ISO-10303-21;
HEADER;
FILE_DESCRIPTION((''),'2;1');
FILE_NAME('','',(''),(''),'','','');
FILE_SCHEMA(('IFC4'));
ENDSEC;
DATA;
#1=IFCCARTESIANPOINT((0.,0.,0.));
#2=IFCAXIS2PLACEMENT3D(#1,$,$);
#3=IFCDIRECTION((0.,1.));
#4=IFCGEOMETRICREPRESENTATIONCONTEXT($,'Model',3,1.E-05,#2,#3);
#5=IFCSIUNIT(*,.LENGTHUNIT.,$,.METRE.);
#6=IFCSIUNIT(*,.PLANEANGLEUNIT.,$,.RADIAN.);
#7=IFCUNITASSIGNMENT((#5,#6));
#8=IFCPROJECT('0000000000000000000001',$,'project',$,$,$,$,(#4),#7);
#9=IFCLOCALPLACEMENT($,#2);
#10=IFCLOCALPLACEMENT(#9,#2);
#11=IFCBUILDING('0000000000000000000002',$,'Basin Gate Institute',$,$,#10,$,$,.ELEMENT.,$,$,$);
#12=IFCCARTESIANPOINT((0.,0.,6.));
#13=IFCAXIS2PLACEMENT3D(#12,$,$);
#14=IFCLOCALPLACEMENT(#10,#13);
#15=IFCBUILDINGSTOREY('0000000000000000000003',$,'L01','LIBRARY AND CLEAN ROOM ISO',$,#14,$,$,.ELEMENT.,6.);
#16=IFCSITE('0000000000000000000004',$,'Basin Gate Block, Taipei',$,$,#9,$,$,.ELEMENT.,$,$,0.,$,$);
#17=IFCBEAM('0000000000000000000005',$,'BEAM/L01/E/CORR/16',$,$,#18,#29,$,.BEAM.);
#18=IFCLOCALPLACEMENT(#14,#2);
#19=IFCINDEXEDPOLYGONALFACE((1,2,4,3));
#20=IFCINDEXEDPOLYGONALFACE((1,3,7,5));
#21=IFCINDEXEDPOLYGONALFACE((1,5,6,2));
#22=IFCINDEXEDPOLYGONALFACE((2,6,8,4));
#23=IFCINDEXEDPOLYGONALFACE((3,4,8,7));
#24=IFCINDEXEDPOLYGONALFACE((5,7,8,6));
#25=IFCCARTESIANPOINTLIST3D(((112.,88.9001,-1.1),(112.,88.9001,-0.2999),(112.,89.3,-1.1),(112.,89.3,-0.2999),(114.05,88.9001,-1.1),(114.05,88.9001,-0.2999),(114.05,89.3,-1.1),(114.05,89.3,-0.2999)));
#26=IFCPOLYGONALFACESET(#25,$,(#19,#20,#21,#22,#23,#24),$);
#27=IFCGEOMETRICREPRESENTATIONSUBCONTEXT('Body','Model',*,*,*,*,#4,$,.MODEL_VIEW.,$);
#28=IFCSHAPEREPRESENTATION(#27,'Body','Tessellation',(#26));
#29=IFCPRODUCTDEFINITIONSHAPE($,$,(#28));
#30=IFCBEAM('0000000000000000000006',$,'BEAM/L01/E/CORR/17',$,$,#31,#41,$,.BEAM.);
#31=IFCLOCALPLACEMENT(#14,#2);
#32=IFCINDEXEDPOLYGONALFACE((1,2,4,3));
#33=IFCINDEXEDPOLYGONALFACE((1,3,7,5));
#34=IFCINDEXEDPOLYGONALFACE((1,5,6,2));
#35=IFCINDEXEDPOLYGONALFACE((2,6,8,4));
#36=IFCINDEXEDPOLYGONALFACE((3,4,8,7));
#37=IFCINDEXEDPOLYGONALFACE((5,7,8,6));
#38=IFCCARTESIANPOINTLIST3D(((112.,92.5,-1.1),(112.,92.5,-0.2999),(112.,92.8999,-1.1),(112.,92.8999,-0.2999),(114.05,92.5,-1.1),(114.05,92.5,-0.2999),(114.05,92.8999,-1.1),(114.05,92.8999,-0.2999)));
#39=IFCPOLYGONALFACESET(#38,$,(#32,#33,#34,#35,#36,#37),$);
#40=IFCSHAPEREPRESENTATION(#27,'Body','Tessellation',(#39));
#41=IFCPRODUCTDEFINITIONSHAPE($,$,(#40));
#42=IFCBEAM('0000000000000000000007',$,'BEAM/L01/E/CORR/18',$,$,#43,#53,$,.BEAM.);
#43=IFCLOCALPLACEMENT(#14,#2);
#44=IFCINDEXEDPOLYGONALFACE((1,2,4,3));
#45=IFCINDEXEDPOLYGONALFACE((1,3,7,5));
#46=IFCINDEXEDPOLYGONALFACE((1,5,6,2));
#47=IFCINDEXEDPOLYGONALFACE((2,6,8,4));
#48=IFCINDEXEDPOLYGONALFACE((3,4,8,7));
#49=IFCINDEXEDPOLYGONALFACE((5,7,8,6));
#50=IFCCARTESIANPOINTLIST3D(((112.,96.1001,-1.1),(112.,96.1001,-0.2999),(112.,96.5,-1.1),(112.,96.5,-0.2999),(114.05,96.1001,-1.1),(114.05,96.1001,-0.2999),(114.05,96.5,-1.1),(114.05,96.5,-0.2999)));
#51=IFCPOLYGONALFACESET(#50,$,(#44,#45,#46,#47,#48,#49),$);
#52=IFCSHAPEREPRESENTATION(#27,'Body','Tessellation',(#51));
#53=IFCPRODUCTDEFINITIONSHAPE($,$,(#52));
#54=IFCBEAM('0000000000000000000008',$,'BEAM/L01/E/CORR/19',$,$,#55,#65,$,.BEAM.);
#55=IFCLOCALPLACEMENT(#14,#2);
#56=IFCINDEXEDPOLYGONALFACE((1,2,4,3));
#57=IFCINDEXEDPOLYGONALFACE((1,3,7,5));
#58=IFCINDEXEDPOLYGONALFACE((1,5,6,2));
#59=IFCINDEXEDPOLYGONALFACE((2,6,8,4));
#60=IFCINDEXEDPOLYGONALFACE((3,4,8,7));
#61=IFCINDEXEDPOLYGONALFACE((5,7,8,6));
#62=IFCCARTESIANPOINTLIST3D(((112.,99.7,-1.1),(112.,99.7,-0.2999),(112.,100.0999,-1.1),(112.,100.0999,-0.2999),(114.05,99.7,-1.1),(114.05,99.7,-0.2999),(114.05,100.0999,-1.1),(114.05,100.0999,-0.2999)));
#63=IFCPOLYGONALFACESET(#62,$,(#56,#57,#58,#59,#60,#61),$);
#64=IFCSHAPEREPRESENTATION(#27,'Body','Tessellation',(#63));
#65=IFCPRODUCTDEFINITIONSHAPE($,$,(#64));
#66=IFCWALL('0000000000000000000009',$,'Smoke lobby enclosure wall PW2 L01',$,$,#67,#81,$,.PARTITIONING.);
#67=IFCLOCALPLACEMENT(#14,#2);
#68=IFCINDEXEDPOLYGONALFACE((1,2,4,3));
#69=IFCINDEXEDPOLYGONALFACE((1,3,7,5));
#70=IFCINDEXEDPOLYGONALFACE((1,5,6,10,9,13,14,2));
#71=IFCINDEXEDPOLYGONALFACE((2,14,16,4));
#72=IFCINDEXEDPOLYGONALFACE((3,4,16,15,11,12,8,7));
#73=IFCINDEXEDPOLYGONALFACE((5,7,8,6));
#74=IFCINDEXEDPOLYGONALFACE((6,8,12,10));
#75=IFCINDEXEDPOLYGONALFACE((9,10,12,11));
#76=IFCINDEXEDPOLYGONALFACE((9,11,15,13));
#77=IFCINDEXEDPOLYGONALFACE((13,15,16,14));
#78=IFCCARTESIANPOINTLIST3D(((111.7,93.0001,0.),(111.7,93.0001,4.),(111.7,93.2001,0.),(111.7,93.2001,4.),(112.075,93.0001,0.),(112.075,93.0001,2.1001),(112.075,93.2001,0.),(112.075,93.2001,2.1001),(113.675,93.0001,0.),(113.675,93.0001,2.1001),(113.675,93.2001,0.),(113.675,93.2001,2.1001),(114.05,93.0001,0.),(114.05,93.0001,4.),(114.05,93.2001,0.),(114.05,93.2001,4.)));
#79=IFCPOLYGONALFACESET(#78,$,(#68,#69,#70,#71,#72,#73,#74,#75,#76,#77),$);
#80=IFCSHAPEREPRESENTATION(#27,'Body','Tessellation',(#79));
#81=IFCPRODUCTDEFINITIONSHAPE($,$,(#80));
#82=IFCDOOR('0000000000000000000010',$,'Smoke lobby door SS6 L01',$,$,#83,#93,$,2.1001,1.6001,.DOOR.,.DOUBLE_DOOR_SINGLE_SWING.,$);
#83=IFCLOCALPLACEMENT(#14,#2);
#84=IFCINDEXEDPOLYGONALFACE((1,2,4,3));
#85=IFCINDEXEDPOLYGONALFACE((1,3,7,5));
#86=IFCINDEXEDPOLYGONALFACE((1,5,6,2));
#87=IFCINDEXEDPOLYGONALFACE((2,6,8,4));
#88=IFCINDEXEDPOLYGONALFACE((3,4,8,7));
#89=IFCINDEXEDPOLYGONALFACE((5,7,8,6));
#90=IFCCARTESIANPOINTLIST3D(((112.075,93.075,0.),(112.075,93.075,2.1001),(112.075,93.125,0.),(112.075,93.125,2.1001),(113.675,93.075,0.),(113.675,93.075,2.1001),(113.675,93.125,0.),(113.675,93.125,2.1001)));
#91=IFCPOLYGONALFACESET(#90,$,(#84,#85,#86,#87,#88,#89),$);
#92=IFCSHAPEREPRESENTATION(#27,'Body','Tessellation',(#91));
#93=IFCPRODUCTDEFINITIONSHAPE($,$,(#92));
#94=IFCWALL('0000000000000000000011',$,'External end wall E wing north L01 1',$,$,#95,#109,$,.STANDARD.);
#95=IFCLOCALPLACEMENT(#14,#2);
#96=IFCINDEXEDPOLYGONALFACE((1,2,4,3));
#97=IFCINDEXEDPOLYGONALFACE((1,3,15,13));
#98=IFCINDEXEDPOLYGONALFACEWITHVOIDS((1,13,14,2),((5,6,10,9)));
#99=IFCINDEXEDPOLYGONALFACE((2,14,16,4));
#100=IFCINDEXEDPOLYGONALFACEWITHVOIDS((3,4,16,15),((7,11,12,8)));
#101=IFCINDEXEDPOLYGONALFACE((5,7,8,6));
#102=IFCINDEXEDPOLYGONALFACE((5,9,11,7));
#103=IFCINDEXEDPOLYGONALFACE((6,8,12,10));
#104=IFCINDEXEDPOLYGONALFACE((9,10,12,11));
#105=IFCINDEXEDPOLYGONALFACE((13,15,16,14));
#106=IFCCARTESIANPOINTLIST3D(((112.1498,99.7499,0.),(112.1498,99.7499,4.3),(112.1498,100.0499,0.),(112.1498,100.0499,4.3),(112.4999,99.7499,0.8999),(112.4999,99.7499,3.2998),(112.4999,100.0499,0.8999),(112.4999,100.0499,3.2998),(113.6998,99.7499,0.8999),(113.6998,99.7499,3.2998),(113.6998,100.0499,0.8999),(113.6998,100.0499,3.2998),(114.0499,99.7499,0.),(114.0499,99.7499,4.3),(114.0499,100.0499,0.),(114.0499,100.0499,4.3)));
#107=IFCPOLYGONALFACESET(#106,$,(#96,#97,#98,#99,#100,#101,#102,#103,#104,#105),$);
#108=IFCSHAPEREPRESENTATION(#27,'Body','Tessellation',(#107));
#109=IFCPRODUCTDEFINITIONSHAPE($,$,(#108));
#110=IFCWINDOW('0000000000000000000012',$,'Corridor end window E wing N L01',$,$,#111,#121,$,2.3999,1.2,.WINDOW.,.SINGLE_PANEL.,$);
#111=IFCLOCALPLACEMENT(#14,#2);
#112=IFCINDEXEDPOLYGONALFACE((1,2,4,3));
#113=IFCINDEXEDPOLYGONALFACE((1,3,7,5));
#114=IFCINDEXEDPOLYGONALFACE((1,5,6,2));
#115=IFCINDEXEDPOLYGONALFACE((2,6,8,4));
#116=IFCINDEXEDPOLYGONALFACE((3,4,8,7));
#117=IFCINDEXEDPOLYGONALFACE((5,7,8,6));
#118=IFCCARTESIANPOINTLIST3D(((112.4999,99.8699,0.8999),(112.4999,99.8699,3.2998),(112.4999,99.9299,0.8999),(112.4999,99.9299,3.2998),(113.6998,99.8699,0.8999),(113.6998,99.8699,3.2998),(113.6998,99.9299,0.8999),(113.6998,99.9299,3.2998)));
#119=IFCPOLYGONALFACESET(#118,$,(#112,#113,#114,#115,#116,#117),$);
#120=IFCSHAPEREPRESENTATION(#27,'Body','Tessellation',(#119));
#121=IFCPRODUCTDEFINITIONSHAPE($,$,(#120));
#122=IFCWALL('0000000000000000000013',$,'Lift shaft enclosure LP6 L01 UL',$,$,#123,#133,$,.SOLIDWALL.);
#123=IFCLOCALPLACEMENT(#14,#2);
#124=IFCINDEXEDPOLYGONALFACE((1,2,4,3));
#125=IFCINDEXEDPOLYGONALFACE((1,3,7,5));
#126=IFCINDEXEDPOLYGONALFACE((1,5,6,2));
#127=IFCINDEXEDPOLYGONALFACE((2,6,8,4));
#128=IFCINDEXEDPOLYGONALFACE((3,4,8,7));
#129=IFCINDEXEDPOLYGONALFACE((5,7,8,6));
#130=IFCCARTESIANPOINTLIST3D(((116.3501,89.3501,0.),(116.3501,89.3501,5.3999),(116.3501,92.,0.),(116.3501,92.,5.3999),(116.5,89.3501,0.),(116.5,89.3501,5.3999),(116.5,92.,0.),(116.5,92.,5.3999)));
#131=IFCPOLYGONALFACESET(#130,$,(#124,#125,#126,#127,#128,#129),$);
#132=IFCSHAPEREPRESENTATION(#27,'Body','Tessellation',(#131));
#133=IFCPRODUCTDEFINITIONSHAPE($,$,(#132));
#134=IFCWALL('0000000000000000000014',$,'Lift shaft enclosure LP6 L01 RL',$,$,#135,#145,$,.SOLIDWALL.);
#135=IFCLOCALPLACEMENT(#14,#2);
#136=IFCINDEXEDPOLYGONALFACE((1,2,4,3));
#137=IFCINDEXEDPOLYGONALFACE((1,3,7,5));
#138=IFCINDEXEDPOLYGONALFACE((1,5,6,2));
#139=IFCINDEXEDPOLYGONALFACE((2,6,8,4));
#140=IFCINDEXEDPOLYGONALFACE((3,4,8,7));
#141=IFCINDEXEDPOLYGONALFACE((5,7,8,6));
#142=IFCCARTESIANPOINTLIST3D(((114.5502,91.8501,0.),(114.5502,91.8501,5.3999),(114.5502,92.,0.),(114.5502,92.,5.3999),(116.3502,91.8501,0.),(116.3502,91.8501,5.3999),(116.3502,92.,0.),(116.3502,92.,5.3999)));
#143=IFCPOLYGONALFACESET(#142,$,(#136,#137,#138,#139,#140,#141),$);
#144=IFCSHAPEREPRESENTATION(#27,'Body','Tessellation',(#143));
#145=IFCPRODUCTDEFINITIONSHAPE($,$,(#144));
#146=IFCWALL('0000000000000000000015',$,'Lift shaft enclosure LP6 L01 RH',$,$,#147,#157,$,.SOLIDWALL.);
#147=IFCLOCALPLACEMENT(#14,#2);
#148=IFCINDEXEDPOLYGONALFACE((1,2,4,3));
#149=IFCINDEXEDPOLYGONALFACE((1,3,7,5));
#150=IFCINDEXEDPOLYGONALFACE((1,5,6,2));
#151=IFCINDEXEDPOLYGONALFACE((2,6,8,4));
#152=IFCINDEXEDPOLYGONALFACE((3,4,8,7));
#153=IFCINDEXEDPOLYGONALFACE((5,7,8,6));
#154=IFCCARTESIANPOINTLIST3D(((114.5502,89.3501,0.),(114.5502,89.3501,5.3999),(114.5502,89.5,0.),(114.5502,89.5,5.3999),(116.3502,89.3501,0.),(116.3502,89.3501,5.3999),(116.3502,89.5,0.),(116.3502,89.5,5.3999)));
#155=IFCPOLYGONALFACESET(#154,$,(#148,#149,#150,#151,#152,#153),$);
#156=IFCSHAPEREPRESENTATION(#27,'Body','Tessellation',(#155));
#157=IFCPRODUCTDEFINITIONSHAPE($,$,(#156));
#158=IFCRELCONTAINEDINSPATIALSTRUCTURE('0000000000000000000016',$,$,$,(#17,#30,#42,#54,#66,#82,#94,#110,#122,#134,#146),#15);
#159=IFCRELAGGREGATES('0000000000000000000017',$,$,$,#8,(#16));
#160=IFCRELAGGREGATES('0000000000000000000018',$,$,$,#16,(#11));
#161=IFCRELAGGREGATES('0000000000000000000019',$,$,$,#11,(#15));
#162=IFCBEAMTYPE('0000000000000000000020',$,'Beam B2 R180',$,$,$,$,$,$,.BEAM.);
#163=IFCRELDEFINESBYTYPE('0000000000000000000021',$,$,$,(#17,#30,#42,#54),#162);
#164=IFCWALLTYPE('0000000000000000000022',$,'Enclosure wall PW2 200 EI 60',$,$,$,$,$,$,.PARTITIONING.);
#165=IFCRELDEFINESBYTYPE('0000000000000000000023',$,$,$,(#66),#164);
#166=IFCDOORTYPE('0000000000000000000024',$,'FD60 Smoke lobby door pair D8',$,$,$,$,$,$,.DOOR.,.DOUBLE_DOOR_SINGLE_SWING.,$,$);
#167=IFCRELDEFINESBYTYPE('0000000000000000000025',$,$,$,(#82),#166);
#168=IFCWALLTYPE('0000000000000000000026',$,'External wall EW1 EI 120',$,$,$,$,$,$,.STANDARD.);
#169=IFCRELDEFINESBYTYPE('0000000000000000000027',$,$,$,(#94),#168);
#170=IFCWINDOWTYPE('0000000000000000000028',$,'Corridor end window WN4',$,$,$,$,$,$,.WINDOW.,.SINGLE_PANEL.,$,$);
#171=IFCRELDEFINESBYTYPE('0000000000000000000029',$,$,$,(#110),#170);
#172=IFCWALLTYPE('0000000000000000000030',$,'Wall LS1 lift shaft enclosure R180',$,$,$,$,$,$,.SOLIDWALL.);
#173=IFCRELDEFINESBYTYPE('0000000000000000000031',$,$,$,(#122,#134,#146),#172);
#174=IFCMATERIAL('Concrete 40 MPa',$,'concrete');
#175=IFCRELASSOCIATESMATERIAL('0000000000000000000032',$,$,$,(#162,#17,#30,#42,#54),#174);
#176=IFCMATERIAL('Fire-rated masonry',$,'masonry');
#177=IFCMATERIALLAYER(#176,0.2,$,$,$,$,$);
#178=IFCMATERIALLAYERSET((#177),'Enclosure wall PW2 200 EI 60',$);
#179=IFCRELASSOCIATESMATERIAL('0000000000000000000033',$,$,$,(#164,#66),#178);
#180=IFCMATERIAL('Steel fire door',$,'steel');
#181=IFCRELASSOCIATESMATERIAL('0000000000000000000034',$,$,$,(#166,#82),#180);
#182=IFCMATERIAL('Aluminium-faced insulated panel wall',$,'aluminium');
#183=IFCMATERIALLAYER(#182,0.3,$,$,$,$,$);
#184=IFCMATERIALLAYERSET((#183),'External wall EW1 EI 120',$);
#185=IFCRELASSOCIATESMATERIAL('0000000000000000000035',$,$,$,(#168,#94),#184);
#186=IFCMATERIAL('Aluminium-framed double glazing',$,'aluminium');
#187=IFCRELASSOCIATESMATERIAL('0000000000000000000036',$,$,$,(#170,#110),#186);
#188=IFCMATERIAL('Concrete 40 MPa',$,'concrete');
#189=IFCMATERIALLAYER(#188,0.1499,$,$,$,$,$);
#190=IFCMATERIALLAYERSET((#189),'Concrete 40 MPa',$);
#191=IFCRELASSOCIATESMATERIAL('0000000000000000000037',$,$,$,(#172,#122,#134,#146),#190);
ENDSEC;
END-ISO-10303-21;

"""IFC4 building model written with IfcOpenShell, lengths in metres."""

from ifc_helpers import new_model, si_unit, direction, frame, frame_2d, origin, origin_2d, place, context, subcontext, project, spatial, rectangle, extrude, material, layer, layer_set, material_profile, profile_set, type_object, element, fill, save


model = new_model("IFC4")

# Units and contexts
model_context = context("Model", 3, precision=1e-05, world=origin(), true_north=direction((0.0, 1.0)))
body_context = subcontext(model_context, "Body", "Model", "MODEL_VIEW")
ifc_project = project(units=[si_unit("LENGTHUNIT", "METRE"), si_unit("PLANEANGLEUNIT", "RADIAN")], contexts=[model_context])

# Site, building, storey
site_placement = place(None, origin())
site = spatial("IfcSite", under=ifc_project, at=site_placement, Name="Basin Gate Block, Taipei", CompositionType="ELEMENT", RefElevation=0.0)
building_placement = place(site_placement, origin())
building = spatial("IfcBuilding", under=site, at=building_placement, Name="Basin Gate Institute", CompositionType="ELEMENT")
storey_placement = place(building_placement, frame((0.0, 0.0, 6.0)))
storey = spatial("IfcBuildingStorey", under=building, at=storey_placement, Name="L01", Description="LIBRARY AND CLEAN ROOM ISO", CompositionType="ELEMENT", Elevation=6.0)

# Beams
ifc_material_1 = material(Name="Concrete 40 MPa", Category="concrete")
ifc_material_profile = material_profile(ifc_material_1, rectangle(XDim=0.3999, YDim=0.8, at=origin_2d()), Name="Beam B2 400 x 800")
ifc_profile_set = profile_set([ifc_material_profile], Name="Concrete 40 MPa")
beam_type = type_object("IfcBeamType", Name="Beam B2 R180", PredefinedType="BEAM", material=ifc_profile_set)
for number, where, z_axis, x_axis, name in (
    (1, (114.05, 89.1001, -0.7), (-1.0, 0.0, 0.0), (0.0, -1.0, 0.0), "BEAM/L01/E/CORR/16"),
    (2, (114.05, 92.7, -0.7), (-1.0, 0.0, 0.0), (0.0, -1.0, 0.0), "BEAM/L01/E/CORR/17"),
    (3, (114.05, 96.3, -0.7), (-1.0, 0.0, 0.0), (0.0, -1.0, 0.0), "BEAM/L01/E/CORR/18"),
    (4, (114.05, 99.8999, -0.7), (-1.0, 0.0, 0.0), (0.0, -1.0, 0.0), "BEAM/L01/E/CORR/19"),
):
    element("IfcBeam", number, at=place(storey_placement, frame(where, z_axis=z_axis, x_axis=x_axis)), inside=storey, type_object=beam_type, material=ifc_profile_set, Name=name, PredefinedType="BEAM", context=body_context, shape_type="SweptSolid", body=[
        extrude(rectangle(XDim=0.3999, YDim=0.8, at=origin_2d()), origin(), (0.0, 0.0, 1.0), 2.05),
    ])

# Wall, opening, door
ifc_material_2 = material(Name="Fire-rated masonry", Category="masonry")
ifc_layer_1 = layer(ifc_material_2, 0.2)
ifc_layer_set_1 = layer_set([ifc_layer_1], Name="Enclosure wall PW2 200 EI 60")
wall_type_1 = type_object("IfcWallType", Name="Enclosure wall PW2 200 EI 60", PredefinedType="PARTITIONING", material=ifc_layer_set_1)
wall_1_placement = place(storey_placement, frame((114.05, 93.1001, 0.0), z_axis=(0.0, 0.0, 1.0), x_axis=(-1.0, 0.0, 0.0)))
wall_1 = element("IfcWall", 5, at=wall_1_placement, inside=storey, type_object=wall_type_1, material=ifc_layer_set_1, Name="Smoke lobby enclosure wall PW2 L01", PredefinedType="PARTITIONING", context=body_context, shape_type="SweptSolid", body=[
    extrude(rectangle(XDim=2.3501, YDim=0.2, at=frame_2d((1.175, 0.0))), origin(), (0.0, 0.0, 1.0), 4.0),
])
opening_1_placement = place(wall_1_placement, frame((0.375, 0.0, 0.0)))
opening_1 = element("IfcOpeningElement", 6, at=opening_1_placement, cuts=wall_1, PredefinedType="OPENING", context=body_context, shape_type="SweptSolid", body=[
    extrude(rectangle(XDim=1.6001, YDim=2.1001, at=frame_2d((0.8, 1.05))), frame((0.0, 0.1099, 0.0), z_axis=(0.0, -1.0, 0.0), x_axis=(1.0, 0.0, 0.0)), (0.0, 0.0, 1.0), 0.22),
])
ifc_material_3 = material(Name="Steel fire door", Category="steel")
door_type = type_object("IfcDoorType", Name="FD60 Smoke lobby door pair D8", OperationType="DOUBLE_DOOR_SINGLE_SWING", PredefinedType="DOOR", material=ifc_material_3)
door_placement = place(opening_1_placement, frame((1.6001, 0.0, 0.0), z_axis=(0.0, 0.0, 1.0), x_axis=(-1.0, 0.0, 0.0)))
door = element("IfcDoor", 7, at=door_placement, inside=storey, type_object=door_type, material=ifc_material_3, Name="Smoke lobby door SS6 L01", OperationType="DOUBLE_DOOR_SINGLE_SWING", OverallHeight=2.1001, OverallWidth=1.6001, PredefinedType="DOOR", context=body_context, shape_type="SweptSolid", body=[
    extrude(rectangle(XDim=1.6001, YDim=2.1001, at=frame_2d((0.8, 1.05))), frame((0.0, 0.0249, 0.0), z_axis=(0.0, -1.0, 0.0), x_axis=(1.0, 0.0, 0.0)), (0.0, 0.0, 1.0), 0.05),
])
fill(opening_1, door)

# Wall, opening, window
ifc_material_4 = material(Name="Aluminium-faced insulated panel wall", Category="aluminium")
ifc_layer_2 = layer(ifc_material_4, 0.3)
ifc_layer_set_2 = layer_set([ifc_layer_2], Name="External wall EW1 EI 120")
wall_type_2 = type_object("IfcWallType", Name="External wall EW1 EI 120", PredefinedType="STANDARD", material=ifc_layer_set_2)
wall_2_placement = place(storey_placement, frame((114.05, 99.8999, 0.0), z_axis=(0.0, 0.0, 1.0), x_axis=(-1.0, 0.0, 0.0)))
wall_2 = element("IfcWall", 8, at=wall_2_placement, inside=storey, type_object=wall_type_2, material=ifc_layer_set_2, Name="External end wall E wing north L01 1", PredefinedType="STANDARD", context=body_context, shape_type="SweptSolid", body=[
    extrude(rectangle(XDim=1.9001, YDim=0.3, at=frame_2d((0.9502, 0.0))), origin(), (0.0, 0.0, 1.0), 4.3),
])
opening_2_placement = place(wall_2_placement, frame((0.3501, 0.0, 0.8999)))
opening_2 = element("IfcOpeningElement", 9, at=opening_2_placement, cuts=wall_2, PredefinedType="OPENING", context=body_context, shape_type="SweptSolid", body=[
    extrude(rectangle(XDim=1.2, YDim=2.3999, at=frame_2d((0.6001, 1.2))), frame((0.0, 0.1602, 0.0), z_axis=(0.0, -1.0, 0.0), x_axis=(1.0, 0.0, 0.0)), (0.0, 0.0, 1.0), 0.3201),
])
ifc_material_5 = material(Name="Aluminium-framed double glazing", Category="aluminium")
window_type = type_object("IfcWindowType", Name="Corridor end window WN4", PartitioningType="SINGLE_PANEL", PredefinedType="WINDOW", material=ifc_material_5)
window_placement = place(opening_2_placement, origin())
window = element("IfcWindow", 10, at=window_placement, inside=storey, type_object=window_type, material=ifc_material_5, Name="Corridor end window E wing N L01", OverallHeight=2.3999, OverallWidth=1.2, PartitioningType="SINGLE_PANEL", PredefinedType="WINDOW", context=body_context, shape_type="SweptSolid", body=[
    extrude(rectangle(XDim=1.2, YDim=2.3999, at=frame_2d((0.6001, 1.2))), frame((0.0, 0.03, 0.0), z_axis=(0.0, -1.0, 0.0), x_axis=(1.0, 0.0, 0.0)), (0.0, 0.0, 1.0), 0.0601),
])
fill(opening_2, window)

# Walls
ifc_material_6 = material(Name="Concrete 40 MPa", Category="concrete")
ifc_layer_3 = layer(ifc_material_6, 0.1499)
ifc_layer_set_3 = layer_set([ifc_layer_3], Name="Concrete 40 MPa")
wall_type_3 = type_object("IfcWallType", Name="Wall LS1 lift shaft enclosure R180", PredefinedType="SOLIDWALL", material=ifc_layer_set_3)
wall_3_placement = place(storey_placement, frame((116.425, 92.0, 0.0), z_axis=(0.0, 0.0, 1.0), x_axis=(0.0, -1.0, 0.0)))
element("IfcWall", 11, at=wall_3_placement, inside=storey, type_object=wall_type_3, material=ifc_layer_set_3, Name="Lift shaft enclosure LP6 L01 UL", PredefinedType="SOLIDWALL", context=body_context, shape_type="SweptSolid", body=[
    extrude(rectangle(XDim=2.6499, YDim=0.1499, at=frame_2d((1.325, 0.0))), origin(), (0.0, 0.0, 1.0), 5.3999),
])
for number, where, z_axis, x_axis, name in (
    (12, (116.3501, 91.925, 0.0), (0.0, 0.0, 1.0), (-1.0, 0.0, 0.0), "Lift shaft enclosure LP6 L01 RL"),
    (13, (116.3501, 89.425, 0.0), (0.0, 0.0, 1.0), (-1.0, 0.0, 0.0), "Lift shaft enclosure LP6 L01 RH"),
):
    element("IfcWall", number, at=place(storey_placement, frame(where, z_axis=z_axis, x_axis=x_axis)), inside=storey, type_object=wall_type_3, material=ifc_layer_set_3, Name=name, PredefinedType="SOLIDWALL", context=body_context, shape_type="SweptSolid", body=[
        extrude(rectangle(XDim=1.8, YDim=0.1499, at=frame_2d((0.8999, 0.0))), origin(), (0.0, 0.0, 1.0), 5.3999),
    ])

save(model, "model.ifc")
